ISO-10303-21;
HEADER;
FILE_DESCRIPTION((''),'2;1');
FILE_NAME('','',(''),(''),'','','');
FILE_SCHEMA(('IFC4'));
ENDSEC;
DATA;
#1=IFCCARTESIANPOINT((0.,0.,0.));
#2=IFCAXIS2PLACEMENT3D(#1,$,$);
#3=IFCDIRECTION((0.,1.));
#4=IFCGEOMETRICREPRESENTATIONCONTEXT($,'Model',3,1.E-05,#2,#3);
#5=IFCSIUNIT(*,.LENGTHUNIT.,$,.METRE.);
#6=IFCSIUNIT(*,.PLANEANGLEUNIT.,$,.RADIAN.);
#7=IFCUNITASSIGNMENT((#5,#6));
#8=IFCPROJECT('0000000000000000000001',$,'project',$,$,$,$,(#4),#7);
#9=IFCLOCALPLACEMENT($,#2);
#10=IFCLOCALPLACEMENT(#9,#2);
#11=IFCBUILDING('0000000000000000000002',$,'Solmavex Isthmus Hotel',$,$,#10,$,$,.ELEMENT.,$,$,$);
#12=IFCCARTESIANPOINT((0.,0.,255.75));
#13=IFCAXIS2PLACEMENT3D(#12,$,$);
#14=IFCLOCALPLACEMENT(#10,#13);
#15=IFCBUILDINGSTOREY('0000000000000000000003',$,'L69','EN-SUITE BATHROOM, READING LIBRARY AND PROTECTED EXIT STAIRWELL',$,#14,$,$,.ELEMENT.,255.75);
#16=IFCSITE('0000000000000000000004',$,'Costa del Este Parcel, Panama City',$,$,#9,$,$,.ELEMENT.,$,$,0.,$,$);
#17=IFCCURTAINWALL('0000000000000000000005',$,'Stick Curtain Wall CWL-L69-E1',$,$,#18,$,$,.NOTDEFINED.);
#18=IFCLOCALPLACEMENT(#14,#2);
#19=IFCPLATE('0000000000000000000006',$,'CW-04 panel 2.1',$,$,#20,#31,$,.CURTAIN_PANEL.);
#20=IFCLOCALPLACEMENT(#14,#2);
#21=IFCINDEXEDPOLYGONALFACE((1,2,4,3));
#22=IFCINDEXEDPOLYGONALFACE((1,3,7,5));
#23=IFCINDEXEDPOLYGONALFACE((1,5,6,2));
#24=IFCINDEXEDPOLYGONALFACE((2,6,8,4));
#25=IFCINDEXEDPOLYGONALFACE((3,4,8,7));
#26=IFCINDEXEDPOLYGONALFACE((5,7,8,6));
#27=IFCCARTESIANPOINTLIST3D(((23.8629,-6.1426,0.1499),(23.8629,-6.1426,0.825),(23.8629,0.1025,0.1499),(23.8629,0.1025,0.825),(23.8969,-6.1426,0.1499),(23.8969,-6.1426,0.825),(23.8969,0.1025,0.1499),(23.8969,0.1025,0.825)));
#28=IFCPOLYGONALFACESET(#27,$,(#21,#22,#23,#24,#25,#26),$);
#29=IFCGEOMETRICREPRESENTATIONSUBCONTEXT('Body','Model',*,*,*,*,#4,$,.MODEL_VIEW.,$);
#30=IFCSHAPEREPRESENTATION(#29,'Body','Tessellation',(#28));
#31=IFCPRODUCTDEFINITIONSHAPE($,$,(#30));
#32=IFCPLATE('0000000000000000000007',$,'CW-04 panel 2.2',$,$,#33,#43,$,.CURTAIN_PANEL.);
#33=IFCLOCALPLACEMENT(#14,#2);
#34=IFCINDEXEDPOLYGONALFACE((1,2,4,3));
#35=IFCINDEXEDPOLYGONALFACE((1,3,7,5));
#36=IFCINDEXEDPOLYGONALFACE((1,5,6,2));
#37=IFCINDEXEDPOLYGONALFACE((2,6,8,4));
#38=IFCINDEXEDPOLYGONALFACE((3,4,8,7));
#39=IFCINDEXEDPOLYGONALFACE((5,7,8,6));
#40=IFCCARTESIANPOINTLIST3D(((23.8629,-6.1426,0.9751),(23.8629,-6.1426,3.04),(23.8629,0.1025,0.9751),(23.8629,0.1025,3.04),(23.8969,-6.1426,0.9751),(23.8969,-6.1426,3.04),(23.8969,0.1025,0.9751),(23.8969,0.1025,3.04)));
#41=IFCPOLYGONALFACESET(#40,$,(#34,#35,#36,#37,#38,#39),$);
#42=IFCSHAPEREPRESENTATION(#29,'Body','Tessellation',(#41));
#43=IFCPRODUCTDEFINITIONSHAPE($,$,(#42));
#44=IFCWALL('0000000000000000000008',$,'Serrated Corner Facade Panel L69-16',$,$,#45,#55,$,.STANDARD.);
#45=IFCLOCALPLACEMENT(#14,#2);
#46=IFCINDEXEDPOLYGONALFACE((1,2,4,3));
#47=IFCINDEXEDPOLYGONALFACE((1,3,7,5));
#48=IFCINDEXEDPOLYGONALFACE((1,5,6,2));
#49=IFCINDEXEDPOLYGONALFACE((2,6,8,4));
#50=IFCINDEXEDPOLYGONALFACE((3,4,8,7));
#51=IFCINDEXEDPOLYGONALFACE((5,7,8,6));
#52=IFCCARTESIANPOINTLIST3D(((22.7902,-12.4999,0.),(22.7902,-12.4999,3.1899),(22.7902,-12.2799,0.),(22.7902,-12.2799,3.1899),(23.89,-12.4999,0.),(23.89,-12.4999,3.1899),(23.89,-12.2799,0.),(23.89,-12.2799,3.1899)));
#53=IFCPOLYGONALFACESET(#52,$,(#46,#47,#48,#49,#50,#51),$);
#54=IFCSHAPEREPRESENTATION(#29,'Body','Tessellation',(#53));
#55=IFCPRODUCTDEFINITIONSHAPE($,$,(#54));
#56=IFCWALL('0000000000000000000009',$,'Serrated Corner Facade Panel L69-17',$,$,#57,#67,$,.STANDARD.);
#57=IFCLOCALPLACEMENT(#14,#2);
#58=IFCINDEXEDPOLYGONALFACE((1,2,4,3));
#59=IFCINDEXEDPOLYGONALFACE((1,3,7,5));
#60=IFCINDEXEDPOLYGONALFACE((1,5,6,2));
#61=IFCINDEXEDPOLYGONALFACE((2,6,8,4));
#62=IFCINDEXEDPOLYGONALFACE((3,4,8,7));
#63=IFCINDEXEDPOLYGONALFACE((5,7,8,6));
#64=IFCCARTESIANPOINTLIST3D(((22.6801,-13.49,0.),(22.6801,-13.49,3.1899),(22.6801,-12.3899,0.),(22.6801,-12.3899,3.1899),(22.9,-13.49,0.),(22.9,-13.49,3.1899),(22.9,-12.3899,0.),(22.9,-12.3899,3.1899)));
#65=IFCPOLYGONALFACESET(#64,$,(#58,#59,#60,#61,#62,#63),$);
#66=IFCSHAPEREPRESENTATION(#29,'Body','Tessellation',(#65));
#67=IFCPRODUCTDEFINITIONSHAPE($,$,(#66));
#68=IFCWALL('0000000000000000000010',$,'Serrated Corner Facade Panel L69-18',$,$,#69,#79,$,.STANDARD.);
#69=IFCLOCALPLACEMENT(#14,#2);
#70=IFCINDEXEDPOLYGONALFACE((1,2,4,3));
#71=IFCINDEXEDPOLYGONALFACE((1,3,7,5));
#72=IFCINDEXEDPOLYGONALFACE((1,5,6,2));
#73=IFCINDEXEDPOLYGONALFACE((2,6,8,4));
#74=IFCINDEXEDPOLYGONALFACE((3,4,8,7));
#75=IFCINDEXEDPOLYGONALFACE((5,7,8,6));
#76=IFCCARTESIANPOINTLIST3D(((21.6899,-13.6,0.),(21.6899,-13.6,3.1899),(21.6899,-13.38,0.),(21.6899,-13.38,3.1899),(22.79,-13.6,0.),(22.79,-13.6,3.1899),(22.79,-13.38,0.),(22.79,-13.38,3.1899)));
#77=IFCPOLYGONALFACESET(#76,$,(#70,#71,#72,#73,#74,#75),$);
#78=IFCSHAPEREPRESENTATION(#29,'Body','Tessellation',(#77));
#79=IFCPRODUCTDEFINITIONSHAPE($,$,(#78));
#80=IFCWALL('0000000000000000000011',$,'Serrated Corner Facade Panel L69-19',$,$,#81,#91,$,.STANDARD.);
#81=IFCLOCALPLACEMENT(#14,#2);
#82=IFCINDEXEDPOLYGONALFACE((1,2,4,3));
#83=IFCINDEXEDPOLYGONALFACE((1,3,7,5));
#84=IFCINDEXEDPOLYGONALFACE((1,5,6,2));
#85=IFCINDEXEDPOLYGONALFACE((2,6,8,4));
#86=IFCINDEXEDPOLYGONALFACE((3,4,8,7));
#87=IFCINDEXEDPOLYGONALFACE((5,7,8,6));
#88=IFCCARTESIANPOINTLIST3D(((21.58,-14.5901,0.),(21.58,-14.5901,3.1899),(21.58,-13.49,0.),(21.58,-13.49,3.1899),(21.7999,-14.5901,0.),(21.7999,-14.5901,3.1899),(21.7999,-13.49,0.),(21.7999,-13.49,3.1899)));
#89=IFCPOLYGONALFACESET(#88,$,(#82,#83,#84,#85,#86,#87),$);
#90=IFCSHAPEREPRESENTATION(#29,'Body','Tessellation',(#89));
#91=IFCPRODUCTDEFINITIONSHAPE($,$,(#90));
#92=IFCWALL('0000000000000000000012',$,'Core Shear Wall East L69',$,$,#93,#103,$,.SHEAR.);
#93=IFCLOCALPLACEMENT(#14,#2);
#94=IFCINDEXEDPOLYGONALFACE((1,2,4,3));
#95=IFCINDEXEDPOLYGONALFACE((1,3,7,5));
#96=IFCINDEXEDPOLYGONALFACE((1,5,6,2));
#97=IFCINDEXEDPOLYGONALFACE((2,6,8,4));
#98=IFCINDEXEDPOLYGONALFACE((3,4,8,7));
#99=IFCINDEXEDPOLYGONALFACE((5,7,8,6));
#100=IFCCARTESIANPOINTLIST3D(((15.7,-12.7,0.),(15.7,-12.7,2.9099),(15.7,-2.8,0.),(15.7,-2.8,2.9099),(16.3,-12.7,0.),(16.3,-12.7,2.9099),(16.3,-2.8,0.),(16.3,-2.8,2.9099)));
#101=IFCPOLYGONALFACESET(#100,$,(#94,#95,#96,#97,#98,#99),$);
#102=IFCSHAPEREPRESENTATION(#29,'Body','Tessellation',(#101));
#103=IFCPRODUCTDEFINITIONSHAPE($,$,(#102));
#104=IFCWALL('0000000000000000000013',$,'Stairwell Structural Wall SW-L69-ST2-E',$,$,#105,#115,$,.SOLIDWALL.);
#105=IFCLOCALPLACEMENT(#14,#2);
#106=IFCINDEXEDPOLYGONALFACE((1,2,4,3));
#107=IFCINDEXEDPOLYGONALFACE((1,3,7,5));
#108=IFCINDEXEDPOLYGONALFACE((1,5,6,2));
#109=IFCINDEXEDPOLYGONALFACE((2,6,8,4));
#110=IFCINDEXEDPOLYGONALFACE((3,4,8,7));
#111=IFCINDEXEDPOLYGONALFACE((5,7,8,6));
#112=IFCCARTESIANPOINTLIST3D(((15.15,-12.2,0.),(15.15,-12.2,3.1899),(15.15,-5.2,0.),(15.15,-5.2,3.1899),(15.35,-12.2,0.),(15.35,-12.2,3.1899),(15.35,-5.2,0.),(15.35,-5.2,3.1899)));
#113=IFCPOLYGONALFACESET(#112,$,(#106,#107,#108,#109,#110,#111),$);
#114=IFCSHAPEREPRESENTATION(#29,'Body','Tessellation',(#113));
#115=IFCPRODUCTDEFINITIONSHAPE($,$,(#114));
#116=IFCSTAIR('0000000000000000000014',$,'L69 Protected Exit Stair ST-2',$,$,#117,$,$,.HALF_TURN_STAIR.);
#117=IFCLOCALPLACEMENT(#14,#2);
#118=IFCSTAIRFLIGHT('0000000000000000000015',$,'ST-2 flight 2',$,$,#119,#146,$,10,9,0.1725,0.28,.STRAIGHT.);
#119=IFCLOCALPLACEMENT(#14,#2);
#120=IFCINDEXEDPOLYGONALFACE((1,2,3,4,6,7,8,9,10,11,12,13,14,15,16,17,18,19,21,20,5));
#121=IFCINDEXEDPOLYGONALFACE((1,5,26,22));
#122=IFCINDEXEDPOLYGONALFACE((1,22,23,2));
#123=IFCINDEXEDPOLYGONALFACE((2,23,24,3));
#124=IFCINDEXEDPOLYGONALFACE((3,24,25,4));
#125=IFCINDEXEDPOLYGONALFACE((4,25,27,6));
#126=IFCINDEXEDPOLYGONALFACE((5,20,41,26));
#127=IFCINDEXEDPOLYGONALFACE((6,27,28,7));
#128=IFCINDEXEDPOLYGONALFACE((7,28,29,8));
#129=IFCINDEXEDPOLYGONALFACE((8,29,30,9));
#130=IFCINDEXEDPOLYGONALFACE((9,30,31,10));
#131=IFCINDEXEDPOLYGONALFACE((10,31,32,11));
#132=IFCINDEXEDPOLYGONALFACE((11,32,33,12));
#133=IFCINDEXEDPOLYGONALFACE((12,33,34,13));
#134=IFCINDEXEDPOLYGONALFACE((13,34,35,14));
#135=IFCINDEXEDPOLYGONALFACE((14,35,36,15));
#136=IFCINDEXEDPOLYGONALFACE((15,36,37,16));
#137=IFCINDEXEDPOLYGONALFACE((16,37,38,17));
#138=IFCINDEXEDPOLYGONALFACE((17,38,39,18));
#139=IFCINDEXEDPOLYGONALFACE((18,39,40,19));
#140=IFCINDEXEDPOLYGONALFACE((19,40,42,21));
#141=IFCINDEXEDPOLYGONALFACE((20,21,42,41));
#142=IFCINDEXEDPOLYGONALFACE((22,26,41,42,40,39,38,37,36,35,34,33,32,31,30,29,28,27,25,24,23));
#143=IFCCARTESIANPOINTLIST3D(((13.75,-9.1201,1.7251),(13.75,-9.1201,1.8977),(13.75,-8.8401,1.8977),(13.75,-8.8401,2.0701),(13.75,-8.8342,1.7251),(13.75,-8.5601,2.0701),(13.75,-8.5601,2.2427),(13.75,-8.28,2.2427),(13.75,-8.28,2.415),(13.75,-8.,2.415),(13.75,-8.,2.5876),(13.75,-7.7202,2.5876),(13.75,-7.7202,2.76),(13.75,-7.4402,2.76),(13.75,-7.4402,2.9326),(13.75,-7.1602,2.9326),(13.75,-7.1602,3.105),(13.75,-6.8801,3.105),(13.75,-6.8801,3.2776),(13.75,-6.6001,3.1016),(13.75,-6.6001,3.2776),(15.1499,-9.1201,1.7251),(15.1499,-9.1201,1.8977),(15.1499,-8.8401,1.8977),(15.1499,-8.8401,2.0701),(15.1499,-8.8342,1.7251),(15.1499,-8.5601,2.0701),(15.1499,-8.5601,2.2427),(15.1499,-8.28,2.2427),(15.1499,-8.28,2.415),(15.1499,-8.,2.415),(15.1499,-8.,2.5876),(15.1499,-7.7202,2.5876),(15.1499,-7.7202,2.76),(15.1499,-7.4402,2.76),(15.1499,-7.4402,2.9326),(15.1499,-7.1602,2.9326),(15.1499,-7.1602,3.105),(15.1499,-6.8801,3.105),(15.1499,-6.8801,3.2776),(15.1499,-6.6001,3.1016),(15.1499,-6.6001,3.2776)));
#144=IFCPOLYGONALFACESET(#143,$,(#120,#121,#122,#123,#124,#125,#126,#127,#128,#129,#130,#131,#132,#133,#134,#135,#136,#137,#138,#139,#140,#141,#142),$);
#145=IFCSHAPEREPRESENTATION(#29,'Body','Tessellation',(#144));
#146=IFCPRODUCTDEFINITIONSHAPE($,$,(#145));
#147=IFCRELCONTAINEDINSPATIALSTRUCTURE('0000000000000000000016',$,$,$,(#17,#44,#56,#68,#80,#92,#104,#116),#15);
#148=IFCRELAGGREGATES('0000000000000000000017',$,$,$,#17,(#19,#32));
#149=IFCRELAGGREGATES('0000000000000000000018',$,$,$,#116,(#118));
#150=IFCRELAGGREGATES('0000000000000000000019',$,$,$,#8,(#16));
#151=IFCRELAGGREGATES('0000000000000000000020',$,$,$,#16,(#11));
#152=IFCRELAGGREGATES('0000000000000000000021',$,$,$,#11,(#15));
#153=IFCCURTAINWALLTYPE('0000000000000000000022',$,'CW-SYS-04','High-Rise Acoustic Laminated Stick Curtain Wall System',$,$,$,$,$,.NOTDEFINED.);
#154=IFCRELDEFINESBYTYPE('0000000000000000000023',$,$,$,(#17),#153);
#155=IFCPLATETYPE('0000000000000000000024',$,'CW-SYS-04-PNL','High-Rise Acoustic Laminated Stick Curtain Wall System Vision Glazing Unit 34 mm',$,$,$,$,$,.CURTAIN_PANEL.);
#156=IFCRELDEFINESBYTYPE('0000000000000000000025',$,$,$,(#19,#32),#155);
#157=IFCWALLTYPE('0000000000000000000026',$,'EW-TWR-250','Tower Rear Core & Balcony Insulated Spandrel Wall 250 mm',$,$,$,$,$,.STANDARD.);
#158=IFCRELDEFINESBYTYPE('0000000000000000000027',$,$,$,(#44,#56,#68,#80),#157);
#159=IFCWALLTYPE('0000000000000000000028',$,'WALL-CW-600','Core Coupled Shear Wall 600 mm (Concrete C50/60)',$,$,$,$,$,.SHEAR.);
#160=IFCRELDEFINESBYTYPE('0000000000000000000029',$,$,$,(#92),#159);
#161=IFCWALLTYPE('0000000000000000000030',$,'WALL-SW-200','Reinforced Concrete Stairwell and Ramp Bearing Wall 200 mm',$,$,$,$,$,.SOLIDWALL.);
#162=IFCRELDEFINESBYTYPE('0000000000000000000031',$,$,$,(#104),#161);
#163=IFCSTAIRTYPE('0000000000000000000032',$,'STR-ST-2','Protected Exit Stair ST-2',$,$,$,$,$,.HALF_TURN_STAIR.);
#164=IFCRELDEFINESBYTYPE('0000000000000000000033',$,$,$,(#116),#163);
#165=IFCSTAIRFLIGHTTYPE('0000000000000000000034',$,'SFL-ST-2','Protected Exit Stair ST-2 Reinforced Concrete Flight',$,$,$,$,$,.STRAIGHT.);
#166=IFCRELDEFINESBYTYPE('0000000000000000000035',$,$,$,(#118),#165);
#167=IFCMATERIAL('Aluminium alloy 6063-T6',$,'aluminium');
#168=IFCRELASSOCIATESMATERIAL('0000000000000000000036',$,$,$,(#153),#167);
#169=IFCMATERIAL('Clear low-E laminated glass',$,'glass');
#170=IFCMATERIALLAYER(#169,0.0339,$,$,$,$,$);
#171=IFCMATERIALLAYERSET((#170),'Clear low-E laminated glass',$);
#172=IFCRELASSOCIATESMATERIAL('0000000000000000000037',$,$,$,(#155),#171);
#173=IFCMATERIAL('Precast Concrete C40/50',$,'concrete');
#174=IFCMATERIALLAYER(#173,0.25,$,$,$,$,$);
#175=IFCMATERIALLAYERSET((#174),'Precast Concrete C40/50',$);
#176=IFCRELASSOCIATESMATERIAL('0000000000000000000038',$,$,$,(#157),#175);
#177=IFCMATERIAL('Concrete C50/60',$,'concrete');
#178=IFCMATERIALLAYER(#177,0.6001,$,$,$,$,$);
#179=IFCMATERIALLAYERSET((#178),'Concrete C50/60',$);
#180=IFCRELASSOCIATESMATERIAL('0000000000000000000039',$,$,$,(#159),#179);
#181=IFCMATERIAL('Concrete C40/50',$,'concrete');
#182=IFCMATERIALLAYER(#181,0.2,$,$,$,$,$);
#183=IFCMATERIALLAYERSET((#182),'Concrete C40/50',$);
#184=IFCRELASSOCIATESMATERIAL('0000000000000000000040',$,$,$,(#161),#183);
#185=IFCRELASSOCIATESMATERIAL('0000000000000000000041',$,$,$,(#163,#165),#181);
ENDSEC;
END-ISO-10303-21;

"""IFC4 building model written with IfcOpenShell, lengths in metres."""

from ifc_helpers import new_model, si_unit, direction, frame, frame_2d, origin, origin_2d, place, context, subcontext, project, spatial, polyline, rectangle, outline, extrude, material, layer, layer_set, type_object, element, aggregate, save


model = new_model("IFC4")

# Units and contexts
model_context = context("Model", 3, precision=1e-05, world=origin(), true_north=direction((0.0, 1.0)))
body_context = subcontext(model_context, "Body", "Model", "MODEL_VIEW")
ifc_project = project(units=[si_unit("LENGTHUNIT", "METRE"), si_unit("PLANEANGLEUNIT", "RADIAN")], contexts=[model_context])

# Site, building, storey
site_placement = place(None, origin())
site = spatial("IfcSite", under=ifc_project, at=site_placement, Name="Costa del Este Parcel, Panama City", CompositionType="ELEMENT", RefElevation=0.0)
building_placement = place(site_placement, origin())
building = spatial("IfcBuilding", under=site, at=building_placement, Name="Solmavex Isthmus Hotel", CompositionType="ELEMENT")
storey_placement = place(building_placement, frame((0.0, 0.0, 255.75)))
storey = spatial("IfcBuildingStorey", under=building, at=storey_placement, Name="L69", Description="EN-SUITE BATHROOM, READING LIBRARY AND PROTECTED EXIT STAIRWELL", CompositionType="ELEMENT", Elevation=255.75)

# Shared definitions
ifc_material_1 = material(Name="Concrete C50/60", Category="concrete")

# Curtain wall, plates
ifc_material_2 = material(Name="Aluminium alloy 6063-T6", Category="aluminium")
curtain_wall_type = type_object("IfcCurtainWallType", Name="CW-SYS-04", Description="High-Rise Acoustic Laminated Stick Curtain Wall System", PredefinedType="NOTDEFINED", material=ifc_material_2)
curtain_wall_placement = place(storey_placement, origin())
curtain_wall = element("IfcCurtainWall", 1, at=curtain_wall_placement, inside=storey, type_object=curtain_wall_type, Name="Stick Curtain Wall CWL-L69-E1", PredefinedType="NOTDEFINED")
ifc_material_3 = material(Name="Clear low-E laminated glass", Category="glass")
ifc_layer_1 = layer(ifc_material_3, 0.0339)
ifc_layer_set_1 = layer_set([ifc_layer_1], Name="Clear low-E laminated glass")
plate_type = type_object("IfcPlateType", Name="CW-SYS-04-PNL", Description="High-Rise Acoustic Laminated Stick Curtain Wall System Vision Glazing Unit 34 mm", PredefinedType="CURTAIN_PANEL", material=ifc_layer_set_1)
plate_1_placement = place(storey_placement, frame((23.8799, -3.02, 0.1499), z_axis=(0.0, 0.0, 1.0), x_axis=(0.0, 1.0, 0.0)))
plate_1 = element("IfcPlate", 2, at=plate_1_placement, type_object=plate_type, Name="CW-04 panel 2.1", PredefinedType="CURTAIN_PANEL", context=body_context, shape_type="SweptSolid", body=[
    extrude(rectangle(XDim=6.2451, YDim=0.0339, at=origin_2d()), origin(), (0.0, 0.0, 1.0), 0.675),
])
plate_2_placement = place(storey_placement, frame((23.8799, -3.02, 0.9751), z_axis=(0.0, 0.0, 1.0), x_axis=(0.0, 1.0, 0.0)))
plate_2 = element("IfcPlate", 3, at=plate_2_placement, type_object=plate_type, Name="CW-04 panel 2.2", PredefinedType="CURTAIN_PANEL", context=body_context, shape_type="SweptSolid", body=[
    extrude(rectangle(XDim=6.2451, YDim=0.0339, at=origin_2d()), origin(), (0.0, 0.0, 1.0), 2.0649),
])
aggregate(curtain_wall, [plate_1, plate_2])

# Walls
ifc_material_4 = material(Name="Precast Concrete C40/50", Category="concrete")
ifc_layer_2 = layer(ifc_material_4, 0.25)
ifc_layer_set_2 = layer_set([ifc_layer_2], Name="Precast Concrete C40/50")
wall_type_1 = type_object("IfcWallType", Name="EW-TWR-250", Description="Tower Rear Core & Balcony Insulated Spandrel Wall 250 mm", PredefinedType="STANDARD", material=ifc_layer_set_2)
wall_1_placement = place(storey_placement, frame((23.8899, -12.3899, 0.0), z_axis=(0.0, 0.0, 1.0), x_axis=(-1.0, 0.0, 0.0)))
element("IfcWall", 4, at=wall_1_placement, inside=storey, type_object=wall_type_1, Name="Serrated Corner Facade Panel L69-16", PredefinedType="STANDARD", context=body_context, shape_type="SweptSolid", body=[
    extrude(rectangle(XDim=1.0999, YDim=0.22, at=frame_2d((0.5498, 0.0))), origin(), (0.0, 0.0, 1.0), 3.1899),
])
for number, where, z_axis, x_axis, name in (
    (5, (22.79, -12.3899, 0.0), (0.0, 0.0, 1.0), (0.0, -1.0, 0.0), "Serrated Corner Facade Panel L69-17"),
    (6, (22.79, -13.49, 0.0), (0.0, 0.0, 1.0), (-1.0, 0.0, 0.0), "Serrated Corner Facade Panel L69-18"),
    (7, (21.6899, -13.49, 0.0), (0.0, 0.0, 1.0), (0.0, -1.0, 0.0), "Serrated Corner Facade Panel L69-19"),
):
    element("IfcWall", number, at=place(storey_placement, frame(where, z_axis=z_axis, x_axis=x_axis)), inside=storey, type_object=wall_type_1, Name=name, PredefinedType="STANDARD", context=body_context, shape_type="SweptSolid", body=[
        extrude(rectangle(XDim=1.1001, YDim=0.22, at=frame_2d((0.55, 0.0))), origin(), (0.0, 0.0, 1.0), 3.1899),
    ])
ifc_layer_3 = layer(ifc_material_1, 0.6001)
ifc_layer_set_3 = layer_set([ifc_layer_3], Name="Concrete C50/60")
wall_type_2 = type_object("IfcWallType", Name="WALL-CW-600", Description="Core Coupled Shear Wall 600 mm (Concrete C50/60)", PredefinedType="SHEAR", material=ifc_layer_set_3)
wall_2_placement = place(storey_placement, frame((16.0, -12.7, 0.0), z_axis=(0.0, 0.0, 1.0), x_axis=(0.0, 1.0, 0.0)))
element("IfcWall", 8, at=wall_2_placement, inside=storey, type_object=wall_type_2, Name="Core Shear Wall East L69", PredefinedType="SHEAR", context=body_context, shape_type="SweptSolid", body=[
    extrude(rectangle(XDim=9.8999, YDim=0.6001, at=frame_2d((4.95, 0.0))), origin(), (0.0, 0.0, 1.0), 2.9099),
])
ifc_material_5 = material(Name="Concrete C40/50", Category="concrete")
ifc_layer_4 = layer(ifc_material_5, 0.2)
ifc_layer_set_4 = layer_set([ifc_layer_4], Name="Concrete C40/50")
wall_type_3 = type_object("IfcWallType", Name="WALL-SW-200", Description="Reinforced Concrete Stairwell and Ramp Bearing Wall 200 mm", PredefinedType="SOLIDWALL", material=ifc_layer_set_4)
wall_3_placement = place(storey_placement, frame((15.25, -12.2, 0.0), z_axis=(0.0, 0.0, 1.0), x_axis=(0.0, 1.0, 0.0)))
element("IfcWall", 9, at=wall_3_placement, inside=storey, type_object=wall_type_3, Name="Stairwell Structural Wall SW-L69-ST2-E", PredefinedType="SOLIDWALL", context=body_context, shape_type="SweptSolid", body=[
    extrude(rectangle(XDim=7.0, YDim=0.2, at=frame_2d((3.5, 0.0))), origin(), (0.0, 0.0, 1.0), 3.1899),
])

# Stair, stair flight
stair_type = type_object("IfcStairType", Name="STR-ST-2", Description="Protected Exit Stair ST-2", PredefinedType="HALF_TURN_STAIR", material=ifc_material_5)
stair_placement = place(storey_placement, origin())
stair = element("IfcStair", 10, at=stair_placement, inside=storey, type_object=stair_type, Name="L69 Protected Exit Stair ST-2", PredefinedType="HALF_TURN_STAIR")
stair_flight_type = type_object("IfcStairFlightType", Name="SFL-ST-2", Description="Protected Exit Stair ST-2 Reinforced Concrete Flight", PredefinedType="STRAIGHT", material=ifc_material_5)
stair_flight_placement = place(storey_placement, frame((14.45, -9.1201, 1.7251), z_axis=(0.0, 0.0, 1.0), x_axis=(0.0, 1.0, 0.0)))
stair_flight = element("IfcStairFlight", 11, at=stair_flight_placement, type_object=stair_flight_type, Name="ST-2 flight 2", NumberOfRisers=10, NumberOfTreads=9, PredefinedType="STRAIGHT", RiserHeight=0.1725, TreadLength=0.28, context=body_context, shape_type="SweptSolid", body=[
    extrude(outline(polyline([(0.0, 0.0), (0.0, 0.1726), (0.28, 0.1726), (0.28, 0.345), (0.5601, 0.345), (0.5601, 0.5176), (0.8401, 0.5176), (0.8401, 0.6899), (1.1201, 0.6899), (1.1201, 0.8625), (1.3999, 0.8625), (1.3999, 1.0349), (1.6799, 1.0349), (1.6799, 1.2075), (1.96, 1.2075), (1.96, 1.3799), (2.24, 1.3799), (2.24, 1.5525), (2.52, 1.5525), (2.52, 1.7251), (2.52, 1.3765), (0.2859, 0.0), (0.0, 0.0)])), frame((0.0, 0.7, 0.0), z_axis=(0.0, -1.0, 0.0), x_axis=(1.0, 0.0, 0.0)), (0.0, 0.0, 1.0), 1.3999),
])
aggregate(stair, [stair_flight])

save(model, "model.ifc")
